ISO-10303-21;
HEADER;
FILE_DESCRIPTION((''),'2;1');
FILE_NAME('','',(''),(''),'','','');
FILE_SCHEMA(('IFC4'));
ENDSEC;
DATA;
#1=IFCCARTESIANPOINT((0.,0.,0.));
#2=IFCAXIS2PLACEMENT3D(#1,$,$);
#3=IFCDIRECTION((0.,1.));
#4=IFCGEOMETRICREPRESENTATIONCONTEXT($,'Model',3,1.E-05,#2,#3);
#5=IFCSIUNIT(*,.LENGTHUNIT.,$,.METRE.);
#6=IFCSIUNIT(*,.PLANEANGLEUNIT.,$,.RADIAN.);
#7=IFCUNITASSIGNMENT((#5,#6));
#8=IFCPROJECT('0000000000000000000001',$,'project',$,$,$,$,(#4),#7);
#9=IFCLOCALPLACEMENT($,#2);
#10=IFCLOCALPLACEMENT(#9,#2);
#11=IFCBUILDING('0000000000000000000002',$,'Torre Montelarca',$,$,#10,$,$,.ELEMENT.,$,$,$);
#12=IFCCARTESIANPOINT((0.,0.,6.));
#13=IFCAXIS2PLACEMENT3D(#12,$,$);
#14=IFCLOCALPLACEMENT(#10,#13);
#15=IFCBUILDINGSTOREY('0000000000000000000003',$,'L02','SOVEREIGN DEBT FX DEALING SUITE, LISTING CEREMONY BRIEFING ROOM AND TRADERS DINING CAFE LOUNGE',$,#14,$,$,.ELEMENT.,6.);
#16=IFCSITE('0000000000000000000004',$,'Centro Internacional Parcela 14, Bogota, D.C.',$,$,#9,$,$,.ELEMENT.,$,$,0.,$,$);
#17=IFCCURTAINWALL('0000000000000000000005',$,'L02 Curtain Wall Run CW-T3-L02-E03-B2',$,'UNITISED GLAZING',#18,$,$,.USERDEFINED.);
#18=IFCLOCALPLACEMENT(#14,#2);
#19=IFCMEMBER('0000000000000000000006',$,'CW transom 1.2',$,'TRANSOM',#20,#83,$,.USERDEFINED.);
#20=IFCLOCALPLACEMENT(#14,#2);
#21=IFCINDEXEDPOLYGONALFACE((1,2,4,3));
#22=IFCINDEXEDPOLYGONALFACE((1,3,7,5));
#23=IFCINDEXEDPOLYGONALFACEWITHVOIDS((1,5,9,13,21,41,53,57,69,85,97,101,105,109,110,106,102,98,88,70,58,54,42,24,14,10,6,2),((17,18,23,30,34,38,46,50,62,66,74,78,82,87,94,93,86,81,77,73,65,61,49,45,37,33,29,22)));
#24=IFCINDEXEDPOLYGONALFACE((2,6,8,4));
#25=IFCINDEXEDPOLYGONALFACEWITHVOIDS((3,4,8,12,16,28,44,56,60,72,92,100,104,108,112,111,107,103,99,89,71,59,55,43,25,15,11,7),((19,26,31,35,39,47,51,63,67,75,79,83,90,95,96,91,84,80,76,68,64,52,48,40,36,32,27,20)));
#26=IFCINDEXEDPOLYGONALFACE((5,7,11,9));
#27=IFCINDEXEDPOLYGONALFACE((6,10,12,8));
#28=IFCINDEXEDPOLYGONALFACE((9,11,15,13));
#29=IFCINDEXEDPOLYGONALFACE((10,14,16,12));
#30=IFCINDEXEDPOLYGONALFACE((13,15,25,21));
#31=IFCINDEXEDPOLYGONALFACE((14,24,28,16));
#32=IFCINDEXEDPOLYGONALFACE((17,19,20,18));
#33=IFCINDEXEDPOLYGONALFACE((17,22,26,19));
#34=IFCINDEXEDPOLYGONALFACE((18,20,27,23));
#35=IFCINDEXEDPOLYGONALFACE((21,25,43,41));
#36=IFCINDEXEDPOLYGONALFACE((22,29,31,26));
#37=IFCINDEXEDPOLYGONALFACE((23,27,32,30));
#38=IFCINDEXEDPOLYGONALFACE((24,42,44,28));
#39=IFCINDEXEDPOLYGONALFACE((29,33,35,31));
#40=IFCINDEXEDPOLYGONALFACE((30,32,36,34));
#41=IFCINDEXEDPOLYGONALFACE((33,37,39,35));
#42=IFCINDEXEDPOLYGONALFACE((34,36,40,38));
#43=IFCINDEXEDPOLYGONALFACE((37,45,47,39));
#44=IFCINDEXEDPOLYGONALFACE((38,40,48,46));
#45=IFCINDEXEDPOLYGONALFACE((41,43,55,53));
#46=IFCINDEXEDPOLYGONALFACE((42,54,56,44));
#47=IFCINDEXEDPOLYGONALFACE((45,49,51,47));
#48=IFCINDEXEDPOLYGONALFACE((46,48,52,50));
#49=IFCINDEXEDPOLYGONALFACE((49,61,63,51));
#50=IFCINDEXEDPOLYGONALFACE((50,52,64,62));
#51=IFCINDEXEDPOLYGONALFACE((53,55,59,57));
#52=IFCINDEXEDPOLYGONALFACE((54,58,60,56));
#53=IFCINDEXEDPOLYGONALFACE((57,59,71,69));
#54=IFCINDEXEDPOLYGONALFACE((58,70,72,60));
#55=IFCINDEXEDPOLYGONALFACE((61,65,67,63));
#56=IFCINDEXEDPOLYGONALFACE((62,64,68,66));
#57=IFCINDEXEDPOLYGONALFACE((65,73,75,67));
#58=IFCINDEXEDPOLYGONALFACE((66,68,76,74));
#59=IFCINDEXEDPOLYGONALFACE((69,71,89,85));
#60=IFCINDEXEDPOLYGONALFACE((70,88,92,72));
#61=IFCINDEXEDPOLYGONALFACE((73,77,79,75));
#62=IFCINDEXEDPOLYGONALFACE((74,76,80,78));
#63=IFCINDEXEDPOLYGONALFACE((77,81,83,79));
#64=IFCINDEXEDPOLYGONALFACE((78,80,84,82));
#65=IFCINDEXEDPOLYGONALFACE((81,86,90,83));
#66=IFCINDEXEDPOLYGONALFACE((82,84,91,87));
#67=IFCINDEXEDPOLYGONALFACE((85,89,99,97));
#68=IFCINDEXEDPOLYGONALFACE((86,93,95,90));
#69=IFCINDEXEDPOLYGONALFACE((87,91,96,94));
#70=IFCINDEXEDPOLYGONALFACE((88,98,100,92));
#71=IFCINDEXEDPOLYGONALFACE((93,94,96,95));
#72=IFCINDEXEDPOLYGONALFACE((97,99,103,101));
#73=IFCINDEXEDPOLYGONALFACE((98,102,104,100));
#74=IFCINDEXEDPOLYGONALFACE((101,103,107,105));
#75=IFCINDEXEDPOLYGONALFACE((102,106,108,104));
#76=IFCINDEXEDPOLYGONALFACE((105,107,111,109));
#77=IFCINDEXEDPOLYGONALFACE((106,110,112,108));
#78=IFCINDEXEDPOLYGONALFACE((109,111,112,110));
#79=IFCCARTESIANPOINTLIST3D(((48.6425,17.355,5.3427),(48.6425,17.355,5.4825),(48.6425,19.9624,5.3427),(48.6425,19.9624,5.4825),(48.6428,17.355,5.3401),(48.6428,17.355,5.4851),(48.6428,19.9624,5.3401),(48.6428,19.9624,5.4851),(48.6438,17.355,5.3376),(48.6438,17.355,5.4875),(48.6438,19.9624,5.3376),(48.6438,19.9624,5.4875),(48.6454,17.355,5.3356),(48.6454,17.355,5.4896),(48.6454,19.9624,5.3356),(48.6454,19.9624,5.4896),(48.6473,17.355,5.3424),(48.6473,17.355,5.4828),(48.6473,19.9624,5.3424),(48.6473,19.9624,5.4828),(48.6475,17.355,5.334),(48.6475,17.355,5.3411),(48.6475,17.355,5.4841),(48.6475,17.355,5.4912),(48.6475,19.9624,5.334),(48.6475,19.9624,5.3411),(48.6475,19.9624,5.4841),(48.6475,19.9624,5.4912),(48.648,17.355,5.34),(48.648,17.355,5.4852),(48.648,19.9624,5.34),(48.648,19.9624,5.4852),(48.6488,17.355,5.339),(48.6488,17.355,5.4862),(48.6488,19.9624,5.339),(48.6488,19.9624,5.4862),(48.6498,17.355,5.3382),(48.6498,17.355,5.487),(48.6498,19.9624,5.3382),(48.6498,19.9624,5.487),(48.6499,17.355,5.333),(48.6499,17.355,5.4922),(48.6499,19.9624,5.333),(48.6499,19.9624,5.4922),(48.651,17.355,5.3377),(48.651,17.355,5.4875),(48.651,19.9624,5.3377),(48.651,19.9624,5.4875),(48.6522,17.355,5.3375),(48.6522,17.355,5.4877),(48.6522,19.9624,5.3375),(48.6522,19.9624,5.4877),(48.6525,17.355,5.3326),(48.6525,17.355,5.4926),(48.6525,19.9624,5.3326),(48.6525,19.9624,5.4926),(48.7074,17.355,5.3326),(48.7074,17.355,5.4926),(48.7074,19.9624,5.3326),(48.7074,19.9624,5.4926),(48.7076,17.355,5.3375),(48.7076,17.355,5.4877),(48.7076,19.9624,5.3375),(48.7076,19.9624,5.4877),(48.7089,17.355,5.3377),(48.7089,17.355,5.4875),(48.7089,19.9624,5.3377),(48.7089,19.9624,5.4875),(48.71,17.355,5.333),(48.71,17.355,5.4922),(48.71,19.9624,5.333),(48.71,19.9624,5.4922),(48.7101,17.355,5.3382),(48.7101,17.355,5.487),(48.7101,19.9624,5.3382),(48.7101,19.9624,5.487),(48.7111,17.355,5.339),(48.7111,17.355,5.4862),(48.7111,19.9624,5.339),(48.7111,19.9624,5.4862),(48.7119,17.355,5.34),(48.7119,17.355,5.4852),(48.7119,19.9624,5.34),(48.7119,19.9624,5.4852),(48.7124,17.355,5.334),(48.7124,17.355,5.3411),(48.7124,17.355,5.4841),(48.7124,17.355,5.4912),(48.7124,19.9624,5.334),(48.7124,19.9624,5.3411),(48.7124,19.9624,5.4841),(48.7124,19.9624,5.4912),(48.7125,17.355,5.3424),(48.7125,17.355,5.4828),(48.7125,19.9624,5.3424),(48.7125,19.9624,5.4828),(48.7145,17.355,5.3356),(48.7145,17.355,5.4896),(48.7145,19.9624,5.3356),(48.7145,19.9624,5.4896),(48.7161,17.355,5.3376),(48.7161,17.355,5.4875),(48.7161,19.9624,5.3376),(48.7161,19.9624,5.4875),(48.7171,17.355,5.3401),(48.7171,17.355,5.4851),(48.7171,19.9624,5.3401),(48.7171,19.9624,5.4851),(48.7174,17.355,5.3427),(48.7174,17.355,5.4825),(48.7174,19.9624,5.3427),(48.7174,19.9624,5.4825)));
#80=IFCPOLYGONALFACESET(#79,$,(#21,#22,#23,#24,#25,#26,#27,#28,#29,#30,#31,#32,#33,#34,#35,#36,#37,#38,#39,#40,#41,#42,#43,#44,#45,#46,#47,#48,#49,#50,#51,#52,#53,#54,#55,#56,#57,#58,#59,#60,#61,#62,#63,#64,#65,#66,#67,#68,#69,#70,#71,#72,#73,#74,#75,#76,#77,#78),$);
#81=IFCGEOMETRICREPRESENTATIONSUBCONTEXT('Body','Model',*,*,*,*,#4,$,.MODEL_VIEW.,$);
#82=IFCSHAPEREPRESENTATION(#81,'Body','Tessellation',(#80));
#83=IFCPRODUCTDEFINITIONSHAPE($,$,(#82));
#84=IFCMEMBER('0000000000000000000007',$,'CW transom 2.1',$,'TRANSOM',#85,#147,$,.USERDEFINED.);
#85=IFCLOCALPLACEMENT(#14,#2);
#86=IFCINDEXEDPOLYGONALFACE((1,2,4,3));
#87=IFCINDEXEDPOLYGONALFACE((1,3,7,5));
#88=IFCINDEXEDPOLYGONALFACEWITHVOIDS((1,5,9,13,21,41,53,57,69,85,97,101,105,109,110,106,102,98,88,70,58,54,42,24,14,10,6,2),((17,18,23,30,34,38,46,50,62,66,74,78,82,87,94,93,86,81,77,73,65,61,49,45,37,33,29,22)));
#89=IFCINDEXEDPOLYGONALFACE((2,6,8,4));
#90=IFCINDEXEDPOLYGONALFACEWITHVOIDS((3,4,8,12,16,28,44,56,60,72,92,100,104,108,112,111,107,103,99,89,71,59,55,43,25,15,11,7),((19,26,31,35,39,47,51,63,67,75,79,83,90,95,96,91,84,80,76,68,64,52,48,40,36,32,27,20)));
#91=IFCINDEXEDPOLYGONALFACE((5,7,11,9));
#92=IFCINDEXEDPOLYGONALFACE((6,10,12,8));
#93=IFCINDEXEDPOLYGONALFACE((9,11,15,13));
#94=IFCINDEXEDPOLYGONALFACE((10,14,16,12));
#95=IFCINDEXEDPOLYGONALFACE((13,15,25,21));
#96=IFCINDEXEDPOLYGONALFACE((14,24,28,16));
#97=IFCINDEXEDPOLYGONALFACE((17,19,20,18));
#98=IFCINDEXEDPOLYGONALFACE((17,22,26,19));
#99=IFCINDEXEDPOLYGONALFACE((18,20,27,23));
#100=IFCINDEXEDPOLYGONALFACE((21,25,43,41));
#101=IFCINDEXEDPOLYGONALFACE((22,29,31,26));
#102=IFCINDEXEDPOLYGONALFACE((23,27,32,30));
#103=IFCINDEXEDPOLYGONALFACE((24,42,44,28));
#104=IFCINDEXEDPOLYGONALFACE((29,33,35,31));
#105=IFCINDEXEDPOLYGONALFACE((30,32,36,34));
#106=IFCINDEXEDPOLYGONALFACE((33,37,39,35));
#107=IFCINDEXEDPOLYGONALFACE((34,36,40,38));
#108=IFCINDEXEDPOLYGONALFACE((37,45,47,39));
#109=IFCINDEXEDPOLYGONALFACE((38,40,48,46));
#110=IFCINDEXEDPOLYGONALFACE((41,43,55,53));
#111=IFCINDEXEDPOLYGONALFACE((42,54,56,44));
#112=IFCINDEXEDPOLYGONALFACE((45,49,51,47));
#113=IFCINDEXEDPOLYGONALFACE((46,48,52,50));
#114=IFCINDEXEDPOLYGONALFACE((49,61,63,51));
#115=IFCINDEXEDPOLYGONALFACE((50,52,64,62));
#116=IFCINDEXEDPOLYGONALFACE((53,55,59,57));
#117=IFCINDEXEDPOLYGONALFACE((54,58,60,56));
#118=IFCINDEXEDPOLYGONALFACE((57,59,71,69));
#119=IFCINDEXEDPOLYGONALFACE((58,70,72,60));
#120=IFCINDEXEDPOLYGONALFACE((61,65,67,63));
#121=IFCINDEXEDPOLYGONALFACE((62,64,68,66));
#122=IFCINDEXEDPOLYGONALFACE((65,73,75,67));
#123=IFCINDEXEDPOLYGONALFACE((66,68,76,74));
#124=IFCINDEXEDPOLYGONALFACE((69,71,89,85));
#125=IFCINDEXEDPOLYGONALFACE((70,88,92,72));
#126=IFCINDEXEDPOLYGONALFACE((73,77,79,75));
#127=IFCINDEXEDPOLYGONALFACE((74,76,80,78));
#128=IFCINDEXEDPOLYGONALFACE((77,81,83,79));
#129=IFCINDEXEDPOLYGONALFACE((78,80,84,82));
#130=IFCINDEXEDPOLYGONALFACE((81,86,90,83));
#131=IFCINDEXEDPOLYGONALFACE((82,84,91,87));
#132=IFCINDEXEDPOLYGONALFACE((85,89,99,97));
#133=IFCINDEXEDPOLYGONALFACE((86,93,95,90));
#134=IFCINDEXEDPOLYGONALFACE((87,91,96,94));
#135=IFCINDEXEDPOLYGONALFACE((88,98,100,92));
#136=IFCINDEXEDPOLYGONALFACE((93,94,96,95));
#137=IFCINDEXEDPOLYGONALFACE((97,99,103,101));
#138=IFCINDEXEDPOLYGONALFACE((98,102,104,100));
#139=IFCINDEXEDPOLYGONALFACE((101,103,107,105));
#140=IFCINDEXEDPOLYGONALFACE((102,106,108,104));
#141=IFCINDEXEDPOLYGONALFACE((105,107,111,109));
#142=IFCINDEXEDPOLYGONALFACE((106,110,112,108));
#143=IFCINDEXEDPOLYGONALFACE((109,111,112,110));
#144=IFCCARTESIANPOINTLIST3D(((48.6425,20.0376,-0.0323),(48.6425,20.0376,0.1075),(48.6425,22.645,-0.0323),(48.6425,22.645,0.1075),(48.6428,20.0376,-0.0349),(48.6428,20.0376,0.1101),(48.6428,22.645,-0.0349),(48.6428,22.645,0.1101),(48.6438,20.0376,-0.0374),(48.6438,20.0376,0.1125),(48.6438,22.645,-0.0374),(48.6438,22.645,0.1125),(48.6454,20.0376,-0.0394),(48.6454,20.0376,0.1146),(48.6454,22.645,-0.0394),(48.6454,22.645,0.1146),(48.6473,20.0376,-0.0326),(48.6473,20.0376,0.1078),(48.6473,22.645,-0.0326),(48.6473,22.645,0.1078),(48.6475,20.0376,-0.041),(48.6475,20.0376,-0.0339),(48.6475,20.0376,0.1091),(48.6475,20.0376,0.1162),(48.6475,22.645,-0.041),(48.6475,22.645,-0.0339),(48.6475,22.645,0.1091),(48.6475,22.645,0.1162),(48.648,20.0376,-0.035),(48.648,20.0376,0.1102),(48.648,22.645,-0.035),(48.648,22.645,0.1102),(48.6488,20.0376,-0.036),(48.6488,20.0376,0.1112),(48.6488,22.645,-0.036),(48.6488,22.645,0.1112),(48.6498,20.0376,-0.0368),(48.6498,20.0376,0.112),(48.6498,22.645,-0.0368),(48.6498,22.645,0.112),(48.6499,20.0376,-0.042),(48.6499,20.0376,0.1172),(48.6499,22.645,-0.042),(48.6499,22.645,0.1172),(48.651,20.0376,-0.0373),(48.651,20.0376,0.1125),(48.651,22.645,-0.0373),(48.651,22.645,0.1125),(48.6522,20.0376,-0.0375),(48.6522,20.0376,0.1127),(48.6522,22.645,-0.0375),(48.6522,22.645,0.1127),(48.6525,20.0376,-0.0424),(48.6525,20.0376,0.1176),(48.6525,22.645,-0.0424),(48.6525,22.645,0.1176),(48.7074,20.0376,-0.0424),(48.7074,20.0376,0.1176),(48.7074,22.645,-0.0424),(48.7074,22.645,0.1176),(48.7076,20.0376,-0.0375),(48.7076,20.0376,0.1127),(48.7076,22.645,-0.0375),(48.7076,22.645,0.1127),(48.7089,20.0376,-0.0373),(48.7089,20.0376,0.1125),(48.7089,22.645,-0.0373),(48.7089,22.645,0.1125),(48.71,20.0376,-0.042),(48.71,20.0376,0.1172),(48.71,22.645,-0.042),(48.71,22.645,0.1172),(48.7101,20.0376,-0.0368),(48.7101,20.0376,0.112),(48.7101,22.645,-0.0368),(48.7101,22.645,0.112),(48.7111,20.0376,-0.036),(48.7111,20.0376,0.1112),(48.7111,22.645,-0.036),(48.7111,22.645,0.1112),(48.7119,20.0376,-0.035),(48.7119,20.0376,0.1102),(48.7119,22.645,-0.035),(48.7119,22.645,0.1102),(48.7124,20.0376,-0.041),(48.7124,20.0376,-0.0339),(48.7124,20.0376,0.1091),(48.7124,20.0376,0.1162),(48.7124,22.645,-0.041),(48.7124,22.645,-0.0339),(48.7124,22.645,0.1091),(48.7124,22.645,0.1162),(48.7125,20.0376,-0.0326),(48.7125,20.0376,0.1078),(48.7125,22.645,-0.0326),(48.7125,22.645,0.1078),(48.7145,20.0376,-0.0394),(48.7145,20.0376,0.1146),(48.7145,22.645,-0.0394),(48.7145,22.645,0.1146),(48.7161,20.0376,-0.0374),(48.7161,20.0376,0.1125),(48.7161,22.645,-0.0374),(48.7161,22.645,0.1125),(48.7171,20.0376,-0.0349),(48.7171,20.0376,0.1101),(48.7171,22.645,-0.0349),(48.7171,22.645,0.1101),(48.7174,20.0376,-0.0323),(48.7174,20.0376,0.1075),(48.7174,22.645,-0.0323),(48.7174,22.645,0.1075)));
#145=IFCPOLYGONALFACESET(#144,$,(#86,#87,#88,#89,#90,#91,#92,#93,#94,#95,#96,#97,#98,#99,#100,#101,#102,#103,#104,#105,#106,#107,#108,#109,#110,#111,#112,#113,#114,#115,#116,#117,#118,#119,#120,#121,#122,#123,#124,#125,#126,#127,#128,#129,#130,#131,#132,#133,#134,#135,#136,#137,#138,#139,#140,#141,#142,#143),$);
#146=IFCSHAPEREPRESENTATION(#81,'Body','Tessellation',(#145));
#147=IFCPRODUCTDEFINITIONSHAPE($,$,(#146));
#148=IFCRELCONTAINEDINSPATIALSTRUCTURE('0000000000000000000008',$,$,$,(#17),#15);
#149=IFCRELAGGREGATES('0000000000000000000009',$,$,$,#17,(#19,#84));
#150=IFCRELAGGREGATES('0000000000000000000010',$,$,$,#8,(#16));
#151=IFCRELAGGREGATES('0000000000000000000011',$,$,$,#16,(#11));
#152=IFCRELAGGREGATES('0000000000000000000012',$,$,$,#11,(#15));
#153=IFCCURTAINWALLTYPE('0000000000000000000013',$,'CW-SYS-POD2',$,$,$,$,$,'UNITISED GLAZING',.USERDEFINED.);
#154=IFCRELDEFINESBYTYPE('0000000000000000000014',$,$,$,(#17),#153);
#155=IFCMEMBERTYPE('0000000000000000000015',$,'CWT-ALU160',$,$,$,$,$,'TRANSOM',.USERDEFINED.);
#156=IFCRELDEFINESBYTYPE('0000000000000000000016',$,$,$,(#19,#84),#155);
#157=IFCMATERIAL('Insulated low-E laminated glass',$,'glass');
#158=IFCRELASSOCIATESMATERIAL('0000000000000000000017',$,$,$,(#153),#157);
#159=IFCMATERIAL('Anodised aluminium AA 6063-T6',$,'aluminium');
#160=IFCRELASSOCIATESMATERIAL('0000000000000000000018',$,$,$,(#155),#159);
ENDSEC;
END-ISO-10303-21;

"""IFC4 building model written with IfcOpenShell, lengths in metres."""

from ifc_helpers import new_model, si_unit, direction, frame, origin, origin_2d, place, context, subcontext, project, spatial, hollow_rectangle, extrude, source, transform, mapped, material, material_profile, profile_set, type_object, element, aggregate, save


model = new_model("IFC4")

# Units and contexts
model_context = context("Model", 3, precision=1e-05, world=origin(), true_north=direction((0.0, 1.0)))
body_context = subcontext(model_context, "Body", "Model", "MODEL_VIEW")
ifc_project = project(units=[si_unit("LENGTHUNIT", "METRE"), si_unit("PLANEANGLEUNIT", "RADIAN")], contexts=[model_context])

# Site, building, storey
site_placement = place(None, origin())
site = spatial("IfcSite", under=ifc_project, at=site_placement, Name="Centro Internacional Parcela 14, Bogota, D.C.", CompositionType="ELEMENT", RefElevation=0.0)
building_placement = place(site_placement, origin())
building = spatial("IfcBuilding", under=site, at=building_placement, Name="Torre Montelarca", CompositionType="ELEMENT")
storey_placement = place(building_placement, frame((0.0, 0.0, 6.0)))
storey = spatial("IfcBuildingStorey", under=building, at=storey_placement, Name="L02", Description="SOVEREIGN DEBT FX DEALING SUITE, LISTING CEREMONY BRIEFING ROOM AND TRADERS DINING CAFE LOUNGE", CompositionType="ELEMENT", Elevation=6.0)

# Shared definitions
ifc_material_1 = material(Name="Insulated low-E laminated glass", Category="glass")
curtain_wall_type = type_object("IfcCurtainWallType", Name="CW-SYS-POD2", ElementType="UNITISED GLAZING", PredefinedType="USERDEFINED", material=ifc_material_1)
ifc_material_2 = material(Name="Anodised aluminium AA 6063-T6", Category="aluminium")

# Curtain wall
curtain_wall_1_placement = place(storey_placement, origin())
curtain_wall_1 = element("IfcCurtainWall", 1, at=curtain_wall_1_placement, inside=storey, type_object=curtain_wall_type, Name="L02 Curtain Wall Run CW-T3-L02-E03-B2", ObjectType="UNITISED GLAZING", PredefinedType="USERDEFINED")

# Members
ifc_material_profile_1 = material_profile(ifc_material_2, hollow_rectangle(XDim=0.075, YDim=0.1599, WallThickness=0.0049, InnerFilletRadius=0.0049, OuterFilletRadius=0.01, at=origin_2d()), Name="ALU75X160X5", Category="aluminium")
ifc_profile_set_1 = profile_set([ifc_material_profile_1], Name="Anodised aluminium AA 6063-T6")
member_type_1 = type_object("IfcMemberType", Name="CWT-ALU160", ElementType="TRANSOM", PredefinedType="USERDEFINED", material=ifc_profile_set_1)
shared_shape_1 = source(origin(), body_context, "Body", "SweptSolid", [
    extrude(hollow_rectangle(XDim=0.075, YDim=0.1599, WallThickness=0.0049, InnerFilletRadius=0.0049, OuterFilletRadius=0.01, at=origin_2d()), origin(), (0.0, 0.0, 1.0), 2.6074),
])
member_1_placement = place(storey_placement, frame((48.6799, 17.355, 5.4126), z_axis=(0.0, 1.0, 0.0), x_axis=(-1.0, 0.0, 0.0)))
member_1 = element("IfcMember", 2, at=member_1_placement, type_object=member_type_1, Name="CW transom 1.2", ObjectType="TRANSOM", PredefinedType="USERDEFINED", context=body_context, shape_type="MappedRepresentation", body=[
    mapped(shared_shape_1, transform((0.0, 0.0, 0.0), scale=1.0)),
])
member_2_placement = place(storey_placement, frame((48.6799, 20.0376, 0.0376), z_axis=(0.0, 1.0, 0.0), x_axis=(-1.0, 0.0, 0.0)))
member_2 = element("IfcMember", 3, at=member_2_placement, type_object=member_type_1, Name="CW transom 2.1", ObjectType="TRANSOM", PredefinedType="USERDEFINED", context=body_context, shape_type="MappedRepresentation", body=[
    mapped(shared_shape_1, transform((0.0, 0.0, 0.0), scale=1.0)),
])

aggregate(curtain_wall_1, [member_1, member_2])

save(model, "model.ifc")
